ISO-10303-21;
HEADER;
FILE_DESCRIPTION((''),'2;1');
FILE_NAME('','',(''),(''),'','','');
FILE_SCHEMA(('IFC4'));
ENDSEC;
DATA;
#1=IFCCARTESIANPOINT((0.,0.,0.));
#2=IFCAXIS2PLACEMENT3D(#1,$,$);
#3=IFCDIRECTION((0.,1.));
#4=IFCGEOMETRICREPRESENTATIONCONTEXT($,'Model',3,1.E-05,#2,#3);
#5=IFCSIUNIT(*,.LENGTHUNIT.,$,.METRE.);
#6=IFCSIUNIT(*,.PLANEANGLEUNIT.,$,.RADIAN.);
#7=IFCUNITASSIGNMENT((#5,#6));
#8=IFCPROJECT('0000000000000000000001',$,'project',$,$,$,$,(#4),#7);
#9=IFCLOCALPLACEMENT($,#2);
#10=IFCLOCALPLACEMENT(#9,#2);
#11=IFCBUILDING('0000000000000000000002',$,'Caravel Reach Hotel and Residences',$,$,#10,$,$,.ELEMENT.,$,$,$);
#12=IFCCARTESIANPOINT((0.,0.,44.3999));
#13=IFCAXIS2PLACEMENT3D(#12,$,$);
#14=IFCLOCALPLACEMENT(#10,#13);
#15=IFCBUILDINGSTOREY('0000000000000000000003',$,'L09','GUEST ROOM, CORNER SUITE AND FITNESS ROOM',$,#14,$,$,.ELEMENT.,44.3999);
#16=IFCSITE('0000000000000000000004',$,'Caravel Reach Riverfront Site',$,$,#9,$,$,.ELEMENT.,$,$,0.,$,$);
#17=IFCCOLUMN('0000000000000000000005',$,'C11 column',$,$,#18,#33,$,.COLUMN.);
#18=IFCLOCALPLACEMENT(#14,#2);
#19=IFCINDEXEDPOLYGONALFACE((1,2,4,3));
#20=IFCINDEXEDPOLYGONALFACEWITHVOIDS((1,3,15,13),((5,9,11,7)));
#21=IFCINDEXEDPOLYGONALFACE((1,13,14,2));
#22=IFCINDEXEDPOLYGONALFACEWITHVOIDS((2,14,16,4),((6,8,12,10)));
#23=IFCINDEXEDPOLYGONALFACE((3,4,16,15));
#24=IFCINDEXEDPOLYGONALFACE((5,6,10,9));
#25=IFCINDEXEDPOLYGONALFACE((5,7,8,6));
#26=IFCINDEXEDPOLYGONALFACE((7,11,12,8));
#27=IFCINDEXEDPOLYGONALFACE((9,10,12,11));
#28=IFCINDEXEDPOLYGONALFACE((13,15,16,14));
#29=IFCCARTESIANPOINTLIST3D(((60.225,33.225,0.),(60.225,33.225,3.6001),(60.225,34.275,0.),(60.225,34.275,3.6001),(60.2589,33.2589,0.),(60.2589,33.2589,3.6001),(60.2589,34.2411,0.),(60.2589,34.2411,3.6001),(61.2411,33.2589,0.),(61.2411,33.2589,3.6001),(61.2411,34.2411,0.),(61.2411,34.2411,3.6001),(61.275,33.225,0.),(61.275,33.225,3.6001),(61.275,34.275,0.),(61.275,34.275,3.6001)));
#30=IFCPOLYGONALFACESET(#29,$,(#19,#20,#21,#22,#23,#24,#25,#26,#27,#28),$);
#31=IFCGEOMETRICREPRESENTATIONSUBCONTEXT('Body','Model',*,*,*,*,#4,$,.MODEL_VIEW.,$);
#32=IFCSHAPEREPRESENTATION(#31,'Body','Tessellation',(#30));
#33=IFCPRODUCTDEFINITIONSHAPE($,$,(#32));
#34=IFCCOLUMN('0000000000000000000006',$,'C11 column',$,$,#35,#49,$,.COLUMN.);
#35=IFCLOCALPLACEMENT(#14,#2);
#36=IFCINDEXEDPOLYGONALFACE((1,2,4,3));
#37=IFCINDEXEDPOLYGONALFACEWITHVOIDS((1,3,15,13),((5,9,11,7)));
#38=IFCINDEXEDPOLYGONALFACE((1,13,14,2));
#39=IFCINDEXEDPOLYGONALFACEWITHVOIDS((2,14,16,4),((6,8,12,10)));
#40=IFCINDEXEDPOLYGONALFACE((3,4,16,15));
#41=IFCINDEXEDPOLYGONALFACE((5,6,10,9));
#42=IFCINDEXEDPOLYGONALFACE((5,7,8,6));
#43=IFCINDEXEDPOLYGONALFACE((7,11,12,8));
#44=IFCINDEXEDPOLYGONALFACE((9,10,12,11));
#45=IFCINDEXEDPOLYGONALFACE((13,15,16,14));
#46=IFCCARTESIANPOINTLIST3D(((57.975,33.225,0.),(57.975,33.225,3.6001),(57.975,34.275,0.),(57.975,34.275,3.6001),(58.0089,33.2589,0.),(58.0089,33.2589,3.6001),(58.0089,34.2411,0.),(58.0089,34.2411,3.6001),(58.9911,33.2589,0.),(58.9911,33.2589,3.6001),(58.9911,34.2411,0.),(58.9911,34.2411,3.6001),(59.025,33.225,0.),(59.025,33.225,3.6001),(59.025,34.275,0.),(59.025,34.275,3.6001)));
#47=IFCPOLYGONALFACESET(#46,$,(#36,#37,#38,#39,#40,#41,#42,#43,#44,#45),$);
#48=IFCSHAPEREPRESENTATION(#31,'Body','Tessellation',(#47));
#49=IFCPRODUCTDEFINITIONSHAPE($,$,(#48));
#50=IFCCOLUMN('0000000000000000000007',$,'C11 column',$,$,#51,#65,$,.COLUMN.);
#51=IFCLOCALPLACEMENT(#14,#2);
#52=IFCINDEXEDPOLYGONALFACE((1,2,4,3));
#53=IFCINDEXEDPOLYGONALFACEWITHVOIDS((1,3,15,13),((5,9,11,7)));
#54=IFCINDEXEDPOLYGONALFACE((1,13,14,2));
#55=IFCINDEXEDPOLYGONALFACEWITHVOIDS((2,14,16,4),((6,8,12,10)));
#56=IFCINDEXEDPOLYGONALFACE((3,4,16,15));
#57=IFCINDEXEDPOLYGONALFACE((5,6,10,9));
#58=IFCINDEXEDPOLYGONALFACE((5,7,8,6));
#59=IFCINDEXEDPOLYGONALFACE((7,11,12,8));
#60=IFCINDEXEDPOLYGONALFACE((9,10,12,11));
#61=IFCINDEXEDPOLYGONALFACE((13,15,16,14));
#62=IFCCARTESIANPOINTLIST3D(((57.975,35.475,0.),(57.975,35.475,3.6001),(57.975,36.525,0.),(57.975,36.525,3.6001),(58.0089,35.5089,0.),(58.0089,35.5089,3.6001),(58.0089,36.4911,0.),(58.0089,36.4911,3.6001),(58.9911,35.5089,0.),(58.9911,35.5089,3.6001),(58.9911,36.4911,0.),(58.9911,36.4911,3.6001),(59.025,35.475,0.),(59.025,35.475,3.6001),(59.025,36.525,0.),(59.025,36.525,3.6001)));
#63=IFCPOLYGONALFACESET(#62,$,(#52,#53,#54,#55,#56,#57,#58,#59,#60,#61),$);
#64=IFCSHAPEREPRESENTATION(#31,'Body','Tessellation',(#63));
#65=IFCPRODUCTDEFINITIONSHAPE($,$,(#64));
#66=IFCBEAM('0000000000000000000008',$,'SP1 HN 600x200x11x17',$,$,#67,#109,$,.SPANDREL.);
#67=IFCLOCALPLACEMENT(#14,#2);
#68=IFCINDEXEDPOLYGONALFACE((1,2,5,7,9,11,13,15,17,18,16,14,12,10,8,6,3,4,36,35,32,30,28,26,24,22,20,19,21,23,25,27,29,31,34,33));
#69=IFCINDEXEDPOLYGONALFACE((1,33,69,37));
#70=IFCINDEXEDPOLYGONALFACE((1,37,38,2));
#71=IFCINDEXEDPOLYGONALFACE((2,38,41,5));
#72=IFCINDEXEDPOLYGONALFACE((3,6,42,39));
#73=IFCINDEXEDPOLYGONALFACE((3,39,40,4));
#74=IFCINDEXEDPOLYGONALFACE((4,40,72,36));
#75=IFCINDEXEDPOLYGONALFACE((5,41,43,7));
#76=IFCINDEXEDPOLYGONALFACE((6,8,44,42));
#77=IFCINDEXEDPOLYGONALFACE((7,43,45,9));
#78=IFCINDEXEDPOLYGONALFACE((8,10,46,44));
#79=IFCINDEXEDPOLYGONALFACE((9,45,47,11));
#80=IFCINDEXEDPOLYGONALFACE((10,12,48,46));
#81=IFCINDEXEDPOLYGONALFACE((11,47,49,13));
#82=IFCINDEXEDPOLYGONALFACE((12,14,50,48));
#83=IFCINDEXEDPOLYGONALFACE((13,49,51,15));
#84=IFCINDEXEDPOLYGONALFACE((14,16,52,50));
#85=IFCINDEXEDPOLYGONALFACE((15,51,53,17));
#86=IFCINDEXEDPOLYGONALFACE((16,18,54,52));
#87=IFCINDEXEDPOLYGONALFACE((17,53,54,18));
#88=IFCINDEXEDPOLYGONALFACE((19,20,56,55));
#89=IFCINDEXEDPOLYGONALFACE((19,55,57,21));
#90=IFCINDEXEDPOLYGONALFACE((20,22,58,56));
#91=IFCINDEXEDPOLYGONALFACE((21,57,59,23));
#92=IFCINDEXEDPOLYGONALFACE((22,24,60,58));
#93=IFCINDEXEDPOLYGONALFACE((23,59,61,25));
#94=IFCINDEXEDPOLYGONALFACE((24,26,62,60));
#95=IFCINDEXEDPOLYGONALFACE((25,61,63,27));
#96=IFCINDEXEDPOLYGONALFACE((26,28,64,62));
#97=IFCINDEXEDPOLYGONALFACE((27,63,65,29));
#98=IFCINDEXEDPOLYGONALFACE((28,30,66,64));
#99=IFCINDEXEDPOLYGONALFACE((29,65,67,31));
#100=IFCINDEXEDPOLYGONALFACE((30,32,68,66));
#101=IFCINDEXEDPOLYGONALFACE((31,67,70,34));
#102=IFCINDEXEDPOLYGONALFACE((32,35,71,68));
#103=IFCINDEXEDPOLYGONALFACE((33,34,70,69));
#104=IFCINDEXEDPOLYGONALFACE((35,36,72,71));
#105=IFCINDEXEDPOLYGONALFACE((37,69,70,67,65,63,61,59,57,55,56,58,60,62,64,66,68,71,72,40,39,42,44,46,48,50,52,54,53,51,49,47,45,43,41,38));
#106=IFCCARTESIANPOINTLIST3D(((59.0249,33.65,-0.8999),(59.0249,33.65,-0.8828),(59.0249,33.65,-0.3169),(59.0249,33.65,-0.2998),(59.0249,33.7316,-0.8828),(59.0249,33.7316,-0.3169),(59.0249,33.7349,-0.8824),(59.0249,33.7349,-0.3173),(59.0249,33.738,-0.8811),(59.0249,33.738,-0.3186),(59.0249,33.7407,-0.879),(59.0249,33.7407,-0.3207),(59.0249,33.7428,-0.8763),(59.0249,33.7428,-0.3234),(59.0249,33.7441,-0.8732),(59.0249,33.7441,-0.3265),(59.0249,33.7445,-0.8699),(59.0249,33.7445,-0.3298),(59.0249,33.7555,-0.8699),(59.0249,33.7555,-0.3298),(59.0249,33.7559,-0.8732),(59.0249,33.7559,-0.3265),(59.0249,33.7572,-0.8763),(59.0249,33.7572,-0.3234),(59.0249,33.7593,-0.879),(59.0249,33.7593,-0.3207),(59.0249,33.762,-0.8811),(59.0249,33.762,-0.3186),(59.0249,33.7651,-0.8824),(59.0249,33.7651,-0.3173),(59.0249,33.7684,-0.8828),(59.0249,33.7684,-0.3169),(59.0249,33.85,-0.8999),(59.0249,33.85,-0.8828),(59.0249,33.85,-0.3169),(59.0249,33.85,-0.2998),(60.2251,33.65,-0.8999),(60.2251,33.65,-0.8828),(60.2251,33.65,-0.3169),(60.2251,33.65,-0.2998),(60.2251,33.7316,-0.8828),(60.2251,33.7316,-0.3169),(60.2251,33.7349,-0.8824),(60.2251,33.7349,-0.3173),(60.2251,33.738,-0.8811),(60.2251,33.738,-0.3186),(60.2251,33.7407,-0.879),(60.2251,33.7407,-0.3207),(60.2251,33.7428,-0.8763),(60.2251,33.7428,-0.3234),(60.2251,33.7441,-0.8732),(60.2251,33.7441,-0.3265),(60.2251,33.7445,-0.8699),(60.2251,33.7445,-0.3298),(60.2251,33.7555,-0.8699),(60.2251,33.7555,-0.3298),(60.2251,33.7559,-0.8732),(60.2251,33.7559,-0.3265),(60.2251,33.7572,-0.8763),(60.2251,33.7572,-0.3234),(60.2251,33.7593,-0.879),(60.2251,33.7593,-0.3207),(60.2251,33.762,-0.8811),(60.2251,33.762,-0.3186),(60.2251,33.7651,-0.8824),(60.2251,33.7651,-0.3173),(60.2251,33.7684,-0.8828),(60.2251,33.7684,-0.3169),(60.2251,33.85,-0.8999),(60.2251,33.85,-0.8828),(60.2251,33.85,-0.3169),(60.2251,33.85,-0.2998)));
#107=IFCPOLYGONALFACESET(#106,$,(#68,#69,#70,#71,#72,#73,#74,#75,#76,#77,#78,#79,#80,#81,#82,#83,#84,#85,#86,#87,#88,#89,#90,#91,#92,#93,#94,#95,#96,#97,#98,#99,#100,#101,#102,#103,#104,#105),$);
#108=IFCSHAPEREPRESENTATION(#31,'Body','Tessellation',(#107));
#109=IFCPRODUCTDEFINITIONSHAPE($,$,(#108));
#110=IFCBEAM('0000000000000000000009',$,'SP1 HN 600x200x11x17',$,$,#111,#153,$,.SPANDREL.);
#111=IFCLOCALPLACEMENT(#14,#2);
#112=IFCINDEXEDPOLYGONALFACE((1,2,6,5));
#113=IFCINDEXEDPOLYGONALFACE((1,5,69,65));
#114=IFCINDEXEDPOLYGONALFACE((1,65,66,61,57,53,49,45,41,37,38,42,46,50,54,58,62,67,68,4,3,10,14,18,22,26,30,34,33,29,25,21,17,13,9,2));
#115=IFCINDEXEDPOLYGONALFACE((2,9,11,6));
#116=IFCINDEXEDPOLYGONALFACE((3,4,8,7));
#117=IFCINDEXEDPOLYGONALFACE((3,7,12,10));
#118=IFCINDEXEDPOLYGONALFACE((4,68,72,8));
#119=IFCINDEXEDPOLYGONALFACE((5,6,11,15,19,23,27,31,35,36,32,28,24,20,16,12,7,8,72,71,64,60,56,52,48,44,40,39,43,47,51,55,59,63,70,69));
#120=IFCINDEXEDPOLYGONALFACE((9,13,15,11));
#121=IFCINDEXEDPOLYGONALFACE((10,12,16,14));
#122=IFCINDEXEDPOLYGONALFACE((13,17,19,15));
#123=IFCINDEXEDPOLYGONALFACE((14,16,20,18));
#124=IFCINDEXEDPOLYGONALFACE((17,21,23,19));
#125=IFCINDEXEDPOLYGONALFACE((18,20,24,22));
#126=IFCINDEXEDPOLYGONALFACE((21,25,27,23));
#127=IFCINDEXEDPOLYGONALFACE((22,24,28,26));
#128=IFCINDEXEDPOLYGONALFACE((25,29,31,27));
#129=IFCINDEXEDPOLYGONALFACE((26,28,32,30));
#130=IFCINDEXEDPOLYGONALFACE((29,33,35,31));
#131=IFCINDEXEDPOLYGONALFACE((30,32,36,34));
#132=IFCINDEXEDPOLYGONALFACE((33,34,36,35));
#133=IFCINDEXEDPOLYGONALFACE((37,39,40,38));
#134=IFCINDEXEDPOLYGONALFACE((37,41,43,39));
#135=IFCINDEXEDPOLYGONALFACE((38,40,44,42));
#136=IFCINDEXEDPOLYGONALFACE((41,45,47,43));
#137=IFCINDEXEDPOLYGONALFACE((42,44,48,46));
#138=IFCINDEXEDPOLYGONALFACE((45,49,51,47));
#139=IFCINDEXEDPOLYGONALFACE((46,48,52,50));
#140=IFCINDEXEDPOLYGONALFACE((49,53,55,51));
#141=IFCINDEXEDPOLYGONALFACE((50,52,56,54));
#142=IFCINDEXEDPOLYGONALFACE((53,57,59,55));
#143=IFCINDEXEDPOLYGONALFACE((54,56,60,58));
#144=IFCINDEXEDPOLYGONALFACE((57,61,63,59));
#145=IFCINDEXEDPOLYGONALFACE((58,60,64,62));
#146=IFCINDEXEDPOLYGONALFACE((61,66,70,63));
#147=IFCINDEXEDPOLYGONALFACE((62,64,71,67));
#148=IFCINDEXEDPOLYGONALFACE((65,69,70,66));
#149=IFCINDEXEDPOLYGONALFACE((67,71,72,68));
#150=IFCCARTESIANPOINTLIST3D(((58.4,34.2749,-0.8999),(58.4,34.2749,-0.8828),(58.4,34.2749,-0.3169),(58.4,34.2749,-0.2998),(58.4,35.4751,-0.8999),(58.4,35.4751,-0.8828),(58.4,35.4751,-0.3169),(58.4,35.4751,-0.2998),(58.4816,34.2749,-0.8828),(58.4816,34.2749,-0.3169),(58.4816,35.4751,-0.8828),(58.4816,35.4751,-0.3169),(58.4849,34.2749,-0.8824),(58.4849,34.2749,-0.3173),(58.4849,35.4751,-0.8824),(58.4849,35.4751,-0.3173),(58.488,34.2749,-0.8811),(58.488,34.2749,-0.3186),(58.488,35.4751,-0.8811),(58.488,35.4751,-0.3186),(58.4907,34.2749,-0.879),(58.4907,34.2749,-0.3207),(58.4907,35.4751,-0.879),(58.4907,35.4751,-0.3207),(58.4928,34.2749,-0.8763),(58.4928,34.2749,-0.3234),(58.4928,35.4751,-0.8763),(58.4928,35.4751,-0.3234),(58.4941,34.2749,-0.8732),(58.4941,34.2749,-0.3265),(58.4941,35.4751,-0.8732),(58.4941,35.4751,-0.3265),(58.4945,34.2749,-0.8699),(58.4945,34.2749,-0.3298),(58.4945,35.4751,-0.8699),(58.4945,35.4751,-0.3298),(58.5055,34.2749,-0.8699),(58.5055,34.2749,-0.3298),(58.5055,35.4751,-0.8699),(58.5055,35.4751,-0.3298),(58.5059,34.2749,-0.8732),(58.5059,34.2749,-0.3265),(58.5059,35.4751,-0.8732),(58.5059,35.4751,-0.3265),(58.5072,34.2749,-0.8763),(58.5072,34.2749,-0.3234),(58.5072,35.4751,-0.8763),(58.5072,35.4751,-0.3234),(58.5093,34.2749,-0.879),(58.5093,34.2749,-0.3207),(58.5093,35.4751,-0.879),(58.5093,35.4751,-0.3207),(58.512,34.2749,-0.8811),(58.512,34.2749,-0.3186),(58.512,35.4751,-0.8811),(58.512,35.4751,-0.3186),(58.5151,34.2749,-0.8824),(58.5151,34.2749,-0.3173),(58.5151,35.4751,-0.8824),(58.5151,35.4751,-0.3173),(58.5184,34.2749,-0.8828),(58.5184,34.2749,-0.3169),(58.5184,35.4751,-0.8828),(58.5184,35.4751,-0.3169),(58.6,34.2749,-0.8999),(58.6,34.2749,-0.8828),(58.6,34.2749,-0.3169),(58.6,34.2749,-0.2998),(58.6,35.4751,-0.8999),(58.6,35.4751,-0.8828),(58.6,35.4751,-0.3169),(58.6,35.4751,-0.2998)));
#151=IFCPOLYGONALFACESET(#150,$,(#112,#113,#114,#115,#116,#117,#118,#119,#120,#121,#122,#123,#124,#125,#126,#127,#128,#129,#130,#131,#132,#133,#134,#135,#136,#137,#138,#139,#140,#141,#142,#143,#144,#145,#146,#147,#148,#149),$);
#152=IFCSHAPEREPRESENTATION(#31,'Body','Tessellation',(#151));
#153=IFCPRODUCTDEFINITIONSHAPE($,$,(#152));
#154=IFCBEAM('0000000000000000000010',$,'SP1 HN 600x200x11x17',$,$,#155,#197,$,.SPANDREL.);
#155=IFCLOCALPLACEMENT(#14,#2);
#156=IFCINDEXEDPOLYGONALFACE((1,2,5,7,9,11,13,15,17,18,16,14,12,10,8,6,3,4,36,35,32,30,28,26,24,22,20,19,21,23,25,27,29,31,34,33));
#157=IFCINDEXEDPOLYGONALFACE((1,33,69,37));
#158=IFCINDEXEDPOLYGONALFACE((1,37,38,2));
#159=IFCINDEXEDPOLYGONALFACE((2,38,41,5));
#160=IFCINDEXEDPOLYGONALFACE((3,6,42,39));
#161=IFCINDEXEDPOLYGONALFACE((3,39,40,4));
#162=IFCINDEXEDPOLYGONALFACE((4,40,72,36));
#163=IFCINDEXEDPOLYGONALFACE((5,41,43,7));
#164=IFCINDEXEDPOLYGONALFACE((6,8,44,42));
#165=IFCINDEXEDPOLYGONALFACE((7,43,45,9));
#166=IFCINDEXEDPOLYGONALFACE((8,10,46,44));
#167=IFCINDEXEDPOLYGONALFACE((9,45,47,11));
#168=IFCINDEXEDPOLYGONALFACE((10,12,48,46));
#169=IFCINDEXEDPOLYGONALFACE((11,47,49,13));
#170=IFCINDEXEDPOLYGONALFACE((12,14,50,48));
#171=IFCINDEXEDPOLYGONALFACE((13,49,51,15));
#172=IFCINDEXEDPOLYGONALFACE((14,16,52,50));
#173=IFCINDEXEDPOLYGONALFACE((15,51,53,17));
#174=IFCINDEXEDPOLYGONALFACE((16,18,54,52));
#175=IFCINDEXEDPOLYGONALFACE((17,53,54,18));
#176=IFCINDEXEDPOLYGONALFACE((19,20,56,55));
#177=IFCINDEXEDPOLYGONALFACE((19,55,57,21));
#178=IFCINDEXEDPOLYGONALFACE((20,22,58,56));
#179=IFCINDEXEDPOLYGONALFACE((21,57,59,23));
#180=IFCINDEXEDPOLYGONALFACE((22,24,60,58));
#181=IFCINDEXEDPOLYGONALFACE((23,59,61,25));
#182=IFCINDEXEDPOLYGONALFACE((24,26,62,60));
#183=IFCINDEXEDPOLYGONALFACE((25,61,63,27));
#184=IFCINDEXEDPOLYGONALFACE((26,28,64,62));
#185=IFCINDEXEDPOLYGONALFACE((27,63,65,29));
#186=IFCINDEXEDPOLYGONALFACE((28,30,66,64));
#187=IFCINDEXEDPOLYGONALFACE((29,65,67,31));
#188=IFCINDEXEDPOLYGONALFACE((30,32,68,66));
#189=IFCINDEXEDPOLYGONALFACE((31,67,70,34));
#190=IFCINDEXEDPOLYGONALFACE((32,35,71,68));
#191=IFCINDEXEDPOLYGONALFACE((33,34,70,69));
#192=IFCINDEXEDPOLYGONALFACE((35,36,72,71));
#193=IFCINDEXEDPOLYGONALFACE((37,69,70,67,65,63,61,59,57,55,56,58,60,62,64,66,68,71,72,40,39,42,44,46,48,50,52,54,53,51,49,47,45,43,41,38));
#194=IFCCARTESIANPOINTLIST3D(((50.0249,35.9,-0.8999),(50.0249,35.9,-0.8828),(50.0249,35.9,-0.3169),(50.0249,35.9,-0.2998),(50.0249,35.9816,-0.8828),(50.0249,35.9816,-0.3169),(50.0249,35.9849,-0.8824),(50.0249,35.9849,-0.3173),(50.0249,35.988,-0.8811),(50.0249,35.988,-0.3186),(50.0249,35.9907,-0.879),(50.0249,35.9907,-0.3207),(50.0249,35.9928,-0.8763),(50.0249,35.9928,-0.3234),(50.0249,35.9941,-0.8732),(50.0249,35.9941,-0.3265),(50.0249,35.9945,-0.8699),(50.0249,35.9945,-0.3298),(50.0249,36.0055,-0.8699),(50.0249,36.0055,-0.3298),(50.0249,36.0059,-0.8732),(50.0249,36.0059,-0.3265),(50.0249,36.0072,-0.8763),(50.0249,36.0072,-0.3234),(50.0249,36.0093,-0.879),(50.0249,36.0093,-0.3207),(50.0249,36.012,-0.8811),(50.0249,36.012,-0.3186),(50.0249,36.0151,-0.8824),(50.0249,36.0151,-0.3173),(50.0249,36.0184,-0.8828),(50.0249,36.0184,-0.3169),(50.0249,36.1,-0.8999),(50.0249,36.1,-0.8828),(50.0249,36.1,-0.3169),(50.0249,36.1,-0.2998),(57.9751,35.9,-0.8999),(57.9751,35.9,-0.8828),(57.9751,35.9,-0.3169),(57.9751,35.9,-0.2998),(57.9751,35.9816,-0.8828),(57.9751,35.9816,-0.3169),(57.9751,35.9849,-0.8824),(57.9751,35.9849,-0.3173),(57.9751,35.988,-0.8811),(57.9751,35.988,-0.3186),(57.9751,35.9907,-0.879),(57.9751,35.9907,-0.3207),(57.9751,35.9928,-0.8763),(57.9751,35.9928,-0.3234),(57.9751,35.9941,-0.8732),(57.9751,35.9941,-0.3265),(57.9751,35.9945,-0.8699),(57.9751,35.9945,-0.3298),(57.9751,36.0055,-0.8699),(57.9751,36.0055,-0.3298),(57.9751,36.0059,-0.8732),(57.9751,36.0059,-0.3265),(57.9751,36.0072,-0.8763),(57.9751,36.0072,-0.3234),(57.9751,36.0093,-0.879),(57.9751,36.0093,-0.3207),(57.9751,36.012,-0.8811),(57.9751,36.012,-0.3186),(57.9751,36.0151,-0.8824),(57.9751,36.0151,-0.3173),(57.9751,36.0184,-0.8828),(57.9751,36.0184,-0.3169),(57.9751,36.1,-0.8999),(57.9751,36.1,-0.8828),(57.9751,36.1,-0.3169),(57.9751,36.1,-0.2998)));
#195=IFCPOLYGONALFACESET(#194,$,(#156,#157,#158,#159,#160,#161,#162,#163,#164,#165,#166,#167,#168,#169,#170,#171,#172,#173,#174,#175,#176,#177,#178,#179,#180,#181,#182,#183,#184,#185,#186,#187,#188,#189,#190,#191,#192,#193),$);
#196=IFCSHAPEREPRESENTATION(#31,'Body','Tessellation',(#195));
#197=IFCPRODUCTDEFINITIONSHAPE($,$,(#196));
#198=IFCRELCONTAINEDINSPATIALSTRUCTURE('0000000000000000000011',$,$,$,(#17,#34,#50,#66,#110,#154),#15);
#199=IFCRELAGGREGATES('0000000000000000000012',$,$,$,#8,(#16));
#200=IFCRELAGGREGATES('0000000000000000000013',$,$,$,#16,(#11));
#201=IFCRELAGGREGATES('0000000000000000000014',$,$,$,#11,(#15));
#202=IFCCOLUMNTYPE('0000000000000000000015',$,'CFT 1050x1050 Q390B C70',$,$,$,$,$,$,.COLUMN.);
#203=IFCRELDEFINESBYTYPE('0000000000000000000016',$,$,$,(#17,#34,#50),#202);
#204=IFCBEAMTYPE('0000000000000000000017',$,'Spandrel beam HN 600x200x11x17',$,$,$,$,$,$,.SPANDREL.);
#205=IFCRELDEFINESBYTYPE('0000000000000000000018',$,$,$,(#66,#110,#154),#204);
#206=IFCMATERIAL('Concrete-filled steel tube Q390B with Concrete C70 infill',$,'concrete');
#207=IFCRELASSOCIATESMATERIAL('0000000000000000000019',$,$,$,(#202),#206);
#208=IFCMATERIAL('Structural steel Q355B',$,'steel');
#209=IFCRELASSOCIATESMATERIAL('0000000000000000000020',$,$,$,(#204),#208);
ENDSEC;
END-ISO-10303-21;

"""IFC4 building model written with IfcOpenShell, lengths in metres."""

from ifc_helpers import new_model, si_unit, direction, frame, origin, origin_2d, place, context, subcontext, project, spatial, hollow_rectangle, i_section, extrude, material, material_profile, profile_set, type_object, element, save


model = new_model("IFC4")

# Units and contexts
model_context = context("Model", 3, precision=1e-05, world=origin(), true_north=direction((0.0, 1.0)))
body_context = subcontext(model_context, "Body", "Model", "MODEL_VIEW")
ifc_project = project(units=[si_unit("LENGTHUNIT", "METRE"), si_unit("PLANEANGLEUNIT", "RADIAN")], contexts=[model_context])

# Site, building, storey
site_placement = place(None, origin())
site = spatial("IfcSite", under=ifc_project, at=site_placement, Name="Caravel Reach Riverfront Site", CompositionType="ELEMENT", RefElevation=0.0)
building_placement = place(site_placement, origin())
building = spatial("IfcBuilding", under=site, at=building_placement, Name="Caravel Reach Hotel and Residences", CompositionType="ELEMENT")
storey_placement = place(building_placement, frame((0.0, 0.0, 44.3999)))
storey = spatial("IfcBuildingStorey", under=building, at=storey_placement, Name="L09", Description="GUEST ROOM, CORNER SUITE AND FITNESS ROOM", CompositionType="ELEMENT", Elevation=44.3999)

# Columns
ifc_material_1 = material(Name="Concrete-filled steel tube Q390B with Concrete C70 infill", Category="concrete")
ifc_material_profile_1 = material_profile(ifc_material_1, hollow_rectangle(XDim=1.05, YDim=1.05, WallThickness=0.0339, at=origin_2d()), Name="RHS 1050x1050x34")
ifc_profile_set_1 = profile_set([ifc_material_profile_1], Name="Concrete-filled steel tube Q390B with Concrete C70 infill")
column_type = type_object("IfcColumnType", Name="CFT 1050x1050 Q390B C70", PredefinedType="COLUMN", material=ifc_profile_set_1)
for number, where, z_axis, x_axis, name in (
    (1, (60.75, 33.75, 0.0), (0.0, 0.0, 1.0), (1.0, 0.0, 0.0), "C11 column"),
    (2, (58.5, 33.75, 0.0), (0.0, 0.0, 1.0), (1.0, 0.0, 0.0), "C11 column"),
    (3, (58.5, 36.0, 0.0), (0.0, 0.0, 1.0), (1.0, 0.0, 0.0), "C11 column"),
):
    element("IfcColumn", number, at=place(storey_placement, frame(where, z_axis=z_axis, x_axis=x_axis)), inside=storey, type_object=column_type, Name=name, PredefinedType="COLUMN", context=body_context, shape_type="SweptSolid", body=[
        extrude(hollow_rectangle(XDim=1.05, YDim=1.05, WallThickness=0.0339, at=origin_2d()), origin(), (0.0, 0.0, 1.0), 3.6001),
    ])

# Beams
ifc_material_2 = material(Name="Structural steel Q355B", Category="steel")
ifc_material_profile_2 = material_profile(ifc_material_2, i_section(OverallWidth=0.2, OverallDepth=0.6001, WebThickness=0.011, FlangeThickness=0.0171, FilletRadius=0.0129, at=origin_2d()), Name="HN 600x200x11x17")
ifc_profile_set_2 = profile_set([ifc_material_profile_2], Name="Structural steel Q355B")
beam_type = type_object("IfcBeamType", Name="Spandrel beam HN 600x200x11x17", PredefinedType="SPANDREL", material=ifc_profile_set_2)
for number, where, z_axis, x_axis, name in (
    (4, (60.2251, 33.75, -0.5999), (-1.0, 0.0, 0.0), (0.0, -1.0, 0.0), "SP1 HN 600x200x11x17"),
    (5, (58.5, 34.2749, -0.5999), (0.0, 1.0, 0.0), (-1.0, 0.0, 0.0), "SP1 HN 600x200x11x17"),
):
    element("IfcBeam", number, at=place(storey_placement, frame(where, z_axis=z_axis, x_axis=x_axis)), inside=storey, type_object=beam_type, Name=name, PredefinedType="SPANDREL", context=body_context, shape_type="SweptSolid", body=[
        extrude(i_section(OverallWidth=0.2, OverallDepth=0.6001, WebThickness=0.011, FlangeThickness=0.0171, FilletRadius=0.0129, at=origin_2d()), origin(), (0.0, 0.0, 1.0), 1.2002),
    ])
beam_placement = place(storey_placement, frame((57.9751, 36.0, -0.5999), z_axis=(-1.0, 0.0, 0.0), x_axis=(0.0, -1.0, 0.0)))
element("IfcBeam", 6, at=beam_placement, inside=storey, type_object=beam_type, Name="SP1 HN 600x200x11x17", PredefinedType="SPANDREL", context=body_context, shape_type="SweptSolid", body=[
    extrude(i_section(OverallWidth=0.2, OverallDepth=0.6001, WebThickness=0.011, FlangeThickness=0.0171, FilletRadius=0.0129, at=origin_2d()), origin(), (0.0, 0.0, 1.0), 7.9502),
])

save(model, "model.ifc")
